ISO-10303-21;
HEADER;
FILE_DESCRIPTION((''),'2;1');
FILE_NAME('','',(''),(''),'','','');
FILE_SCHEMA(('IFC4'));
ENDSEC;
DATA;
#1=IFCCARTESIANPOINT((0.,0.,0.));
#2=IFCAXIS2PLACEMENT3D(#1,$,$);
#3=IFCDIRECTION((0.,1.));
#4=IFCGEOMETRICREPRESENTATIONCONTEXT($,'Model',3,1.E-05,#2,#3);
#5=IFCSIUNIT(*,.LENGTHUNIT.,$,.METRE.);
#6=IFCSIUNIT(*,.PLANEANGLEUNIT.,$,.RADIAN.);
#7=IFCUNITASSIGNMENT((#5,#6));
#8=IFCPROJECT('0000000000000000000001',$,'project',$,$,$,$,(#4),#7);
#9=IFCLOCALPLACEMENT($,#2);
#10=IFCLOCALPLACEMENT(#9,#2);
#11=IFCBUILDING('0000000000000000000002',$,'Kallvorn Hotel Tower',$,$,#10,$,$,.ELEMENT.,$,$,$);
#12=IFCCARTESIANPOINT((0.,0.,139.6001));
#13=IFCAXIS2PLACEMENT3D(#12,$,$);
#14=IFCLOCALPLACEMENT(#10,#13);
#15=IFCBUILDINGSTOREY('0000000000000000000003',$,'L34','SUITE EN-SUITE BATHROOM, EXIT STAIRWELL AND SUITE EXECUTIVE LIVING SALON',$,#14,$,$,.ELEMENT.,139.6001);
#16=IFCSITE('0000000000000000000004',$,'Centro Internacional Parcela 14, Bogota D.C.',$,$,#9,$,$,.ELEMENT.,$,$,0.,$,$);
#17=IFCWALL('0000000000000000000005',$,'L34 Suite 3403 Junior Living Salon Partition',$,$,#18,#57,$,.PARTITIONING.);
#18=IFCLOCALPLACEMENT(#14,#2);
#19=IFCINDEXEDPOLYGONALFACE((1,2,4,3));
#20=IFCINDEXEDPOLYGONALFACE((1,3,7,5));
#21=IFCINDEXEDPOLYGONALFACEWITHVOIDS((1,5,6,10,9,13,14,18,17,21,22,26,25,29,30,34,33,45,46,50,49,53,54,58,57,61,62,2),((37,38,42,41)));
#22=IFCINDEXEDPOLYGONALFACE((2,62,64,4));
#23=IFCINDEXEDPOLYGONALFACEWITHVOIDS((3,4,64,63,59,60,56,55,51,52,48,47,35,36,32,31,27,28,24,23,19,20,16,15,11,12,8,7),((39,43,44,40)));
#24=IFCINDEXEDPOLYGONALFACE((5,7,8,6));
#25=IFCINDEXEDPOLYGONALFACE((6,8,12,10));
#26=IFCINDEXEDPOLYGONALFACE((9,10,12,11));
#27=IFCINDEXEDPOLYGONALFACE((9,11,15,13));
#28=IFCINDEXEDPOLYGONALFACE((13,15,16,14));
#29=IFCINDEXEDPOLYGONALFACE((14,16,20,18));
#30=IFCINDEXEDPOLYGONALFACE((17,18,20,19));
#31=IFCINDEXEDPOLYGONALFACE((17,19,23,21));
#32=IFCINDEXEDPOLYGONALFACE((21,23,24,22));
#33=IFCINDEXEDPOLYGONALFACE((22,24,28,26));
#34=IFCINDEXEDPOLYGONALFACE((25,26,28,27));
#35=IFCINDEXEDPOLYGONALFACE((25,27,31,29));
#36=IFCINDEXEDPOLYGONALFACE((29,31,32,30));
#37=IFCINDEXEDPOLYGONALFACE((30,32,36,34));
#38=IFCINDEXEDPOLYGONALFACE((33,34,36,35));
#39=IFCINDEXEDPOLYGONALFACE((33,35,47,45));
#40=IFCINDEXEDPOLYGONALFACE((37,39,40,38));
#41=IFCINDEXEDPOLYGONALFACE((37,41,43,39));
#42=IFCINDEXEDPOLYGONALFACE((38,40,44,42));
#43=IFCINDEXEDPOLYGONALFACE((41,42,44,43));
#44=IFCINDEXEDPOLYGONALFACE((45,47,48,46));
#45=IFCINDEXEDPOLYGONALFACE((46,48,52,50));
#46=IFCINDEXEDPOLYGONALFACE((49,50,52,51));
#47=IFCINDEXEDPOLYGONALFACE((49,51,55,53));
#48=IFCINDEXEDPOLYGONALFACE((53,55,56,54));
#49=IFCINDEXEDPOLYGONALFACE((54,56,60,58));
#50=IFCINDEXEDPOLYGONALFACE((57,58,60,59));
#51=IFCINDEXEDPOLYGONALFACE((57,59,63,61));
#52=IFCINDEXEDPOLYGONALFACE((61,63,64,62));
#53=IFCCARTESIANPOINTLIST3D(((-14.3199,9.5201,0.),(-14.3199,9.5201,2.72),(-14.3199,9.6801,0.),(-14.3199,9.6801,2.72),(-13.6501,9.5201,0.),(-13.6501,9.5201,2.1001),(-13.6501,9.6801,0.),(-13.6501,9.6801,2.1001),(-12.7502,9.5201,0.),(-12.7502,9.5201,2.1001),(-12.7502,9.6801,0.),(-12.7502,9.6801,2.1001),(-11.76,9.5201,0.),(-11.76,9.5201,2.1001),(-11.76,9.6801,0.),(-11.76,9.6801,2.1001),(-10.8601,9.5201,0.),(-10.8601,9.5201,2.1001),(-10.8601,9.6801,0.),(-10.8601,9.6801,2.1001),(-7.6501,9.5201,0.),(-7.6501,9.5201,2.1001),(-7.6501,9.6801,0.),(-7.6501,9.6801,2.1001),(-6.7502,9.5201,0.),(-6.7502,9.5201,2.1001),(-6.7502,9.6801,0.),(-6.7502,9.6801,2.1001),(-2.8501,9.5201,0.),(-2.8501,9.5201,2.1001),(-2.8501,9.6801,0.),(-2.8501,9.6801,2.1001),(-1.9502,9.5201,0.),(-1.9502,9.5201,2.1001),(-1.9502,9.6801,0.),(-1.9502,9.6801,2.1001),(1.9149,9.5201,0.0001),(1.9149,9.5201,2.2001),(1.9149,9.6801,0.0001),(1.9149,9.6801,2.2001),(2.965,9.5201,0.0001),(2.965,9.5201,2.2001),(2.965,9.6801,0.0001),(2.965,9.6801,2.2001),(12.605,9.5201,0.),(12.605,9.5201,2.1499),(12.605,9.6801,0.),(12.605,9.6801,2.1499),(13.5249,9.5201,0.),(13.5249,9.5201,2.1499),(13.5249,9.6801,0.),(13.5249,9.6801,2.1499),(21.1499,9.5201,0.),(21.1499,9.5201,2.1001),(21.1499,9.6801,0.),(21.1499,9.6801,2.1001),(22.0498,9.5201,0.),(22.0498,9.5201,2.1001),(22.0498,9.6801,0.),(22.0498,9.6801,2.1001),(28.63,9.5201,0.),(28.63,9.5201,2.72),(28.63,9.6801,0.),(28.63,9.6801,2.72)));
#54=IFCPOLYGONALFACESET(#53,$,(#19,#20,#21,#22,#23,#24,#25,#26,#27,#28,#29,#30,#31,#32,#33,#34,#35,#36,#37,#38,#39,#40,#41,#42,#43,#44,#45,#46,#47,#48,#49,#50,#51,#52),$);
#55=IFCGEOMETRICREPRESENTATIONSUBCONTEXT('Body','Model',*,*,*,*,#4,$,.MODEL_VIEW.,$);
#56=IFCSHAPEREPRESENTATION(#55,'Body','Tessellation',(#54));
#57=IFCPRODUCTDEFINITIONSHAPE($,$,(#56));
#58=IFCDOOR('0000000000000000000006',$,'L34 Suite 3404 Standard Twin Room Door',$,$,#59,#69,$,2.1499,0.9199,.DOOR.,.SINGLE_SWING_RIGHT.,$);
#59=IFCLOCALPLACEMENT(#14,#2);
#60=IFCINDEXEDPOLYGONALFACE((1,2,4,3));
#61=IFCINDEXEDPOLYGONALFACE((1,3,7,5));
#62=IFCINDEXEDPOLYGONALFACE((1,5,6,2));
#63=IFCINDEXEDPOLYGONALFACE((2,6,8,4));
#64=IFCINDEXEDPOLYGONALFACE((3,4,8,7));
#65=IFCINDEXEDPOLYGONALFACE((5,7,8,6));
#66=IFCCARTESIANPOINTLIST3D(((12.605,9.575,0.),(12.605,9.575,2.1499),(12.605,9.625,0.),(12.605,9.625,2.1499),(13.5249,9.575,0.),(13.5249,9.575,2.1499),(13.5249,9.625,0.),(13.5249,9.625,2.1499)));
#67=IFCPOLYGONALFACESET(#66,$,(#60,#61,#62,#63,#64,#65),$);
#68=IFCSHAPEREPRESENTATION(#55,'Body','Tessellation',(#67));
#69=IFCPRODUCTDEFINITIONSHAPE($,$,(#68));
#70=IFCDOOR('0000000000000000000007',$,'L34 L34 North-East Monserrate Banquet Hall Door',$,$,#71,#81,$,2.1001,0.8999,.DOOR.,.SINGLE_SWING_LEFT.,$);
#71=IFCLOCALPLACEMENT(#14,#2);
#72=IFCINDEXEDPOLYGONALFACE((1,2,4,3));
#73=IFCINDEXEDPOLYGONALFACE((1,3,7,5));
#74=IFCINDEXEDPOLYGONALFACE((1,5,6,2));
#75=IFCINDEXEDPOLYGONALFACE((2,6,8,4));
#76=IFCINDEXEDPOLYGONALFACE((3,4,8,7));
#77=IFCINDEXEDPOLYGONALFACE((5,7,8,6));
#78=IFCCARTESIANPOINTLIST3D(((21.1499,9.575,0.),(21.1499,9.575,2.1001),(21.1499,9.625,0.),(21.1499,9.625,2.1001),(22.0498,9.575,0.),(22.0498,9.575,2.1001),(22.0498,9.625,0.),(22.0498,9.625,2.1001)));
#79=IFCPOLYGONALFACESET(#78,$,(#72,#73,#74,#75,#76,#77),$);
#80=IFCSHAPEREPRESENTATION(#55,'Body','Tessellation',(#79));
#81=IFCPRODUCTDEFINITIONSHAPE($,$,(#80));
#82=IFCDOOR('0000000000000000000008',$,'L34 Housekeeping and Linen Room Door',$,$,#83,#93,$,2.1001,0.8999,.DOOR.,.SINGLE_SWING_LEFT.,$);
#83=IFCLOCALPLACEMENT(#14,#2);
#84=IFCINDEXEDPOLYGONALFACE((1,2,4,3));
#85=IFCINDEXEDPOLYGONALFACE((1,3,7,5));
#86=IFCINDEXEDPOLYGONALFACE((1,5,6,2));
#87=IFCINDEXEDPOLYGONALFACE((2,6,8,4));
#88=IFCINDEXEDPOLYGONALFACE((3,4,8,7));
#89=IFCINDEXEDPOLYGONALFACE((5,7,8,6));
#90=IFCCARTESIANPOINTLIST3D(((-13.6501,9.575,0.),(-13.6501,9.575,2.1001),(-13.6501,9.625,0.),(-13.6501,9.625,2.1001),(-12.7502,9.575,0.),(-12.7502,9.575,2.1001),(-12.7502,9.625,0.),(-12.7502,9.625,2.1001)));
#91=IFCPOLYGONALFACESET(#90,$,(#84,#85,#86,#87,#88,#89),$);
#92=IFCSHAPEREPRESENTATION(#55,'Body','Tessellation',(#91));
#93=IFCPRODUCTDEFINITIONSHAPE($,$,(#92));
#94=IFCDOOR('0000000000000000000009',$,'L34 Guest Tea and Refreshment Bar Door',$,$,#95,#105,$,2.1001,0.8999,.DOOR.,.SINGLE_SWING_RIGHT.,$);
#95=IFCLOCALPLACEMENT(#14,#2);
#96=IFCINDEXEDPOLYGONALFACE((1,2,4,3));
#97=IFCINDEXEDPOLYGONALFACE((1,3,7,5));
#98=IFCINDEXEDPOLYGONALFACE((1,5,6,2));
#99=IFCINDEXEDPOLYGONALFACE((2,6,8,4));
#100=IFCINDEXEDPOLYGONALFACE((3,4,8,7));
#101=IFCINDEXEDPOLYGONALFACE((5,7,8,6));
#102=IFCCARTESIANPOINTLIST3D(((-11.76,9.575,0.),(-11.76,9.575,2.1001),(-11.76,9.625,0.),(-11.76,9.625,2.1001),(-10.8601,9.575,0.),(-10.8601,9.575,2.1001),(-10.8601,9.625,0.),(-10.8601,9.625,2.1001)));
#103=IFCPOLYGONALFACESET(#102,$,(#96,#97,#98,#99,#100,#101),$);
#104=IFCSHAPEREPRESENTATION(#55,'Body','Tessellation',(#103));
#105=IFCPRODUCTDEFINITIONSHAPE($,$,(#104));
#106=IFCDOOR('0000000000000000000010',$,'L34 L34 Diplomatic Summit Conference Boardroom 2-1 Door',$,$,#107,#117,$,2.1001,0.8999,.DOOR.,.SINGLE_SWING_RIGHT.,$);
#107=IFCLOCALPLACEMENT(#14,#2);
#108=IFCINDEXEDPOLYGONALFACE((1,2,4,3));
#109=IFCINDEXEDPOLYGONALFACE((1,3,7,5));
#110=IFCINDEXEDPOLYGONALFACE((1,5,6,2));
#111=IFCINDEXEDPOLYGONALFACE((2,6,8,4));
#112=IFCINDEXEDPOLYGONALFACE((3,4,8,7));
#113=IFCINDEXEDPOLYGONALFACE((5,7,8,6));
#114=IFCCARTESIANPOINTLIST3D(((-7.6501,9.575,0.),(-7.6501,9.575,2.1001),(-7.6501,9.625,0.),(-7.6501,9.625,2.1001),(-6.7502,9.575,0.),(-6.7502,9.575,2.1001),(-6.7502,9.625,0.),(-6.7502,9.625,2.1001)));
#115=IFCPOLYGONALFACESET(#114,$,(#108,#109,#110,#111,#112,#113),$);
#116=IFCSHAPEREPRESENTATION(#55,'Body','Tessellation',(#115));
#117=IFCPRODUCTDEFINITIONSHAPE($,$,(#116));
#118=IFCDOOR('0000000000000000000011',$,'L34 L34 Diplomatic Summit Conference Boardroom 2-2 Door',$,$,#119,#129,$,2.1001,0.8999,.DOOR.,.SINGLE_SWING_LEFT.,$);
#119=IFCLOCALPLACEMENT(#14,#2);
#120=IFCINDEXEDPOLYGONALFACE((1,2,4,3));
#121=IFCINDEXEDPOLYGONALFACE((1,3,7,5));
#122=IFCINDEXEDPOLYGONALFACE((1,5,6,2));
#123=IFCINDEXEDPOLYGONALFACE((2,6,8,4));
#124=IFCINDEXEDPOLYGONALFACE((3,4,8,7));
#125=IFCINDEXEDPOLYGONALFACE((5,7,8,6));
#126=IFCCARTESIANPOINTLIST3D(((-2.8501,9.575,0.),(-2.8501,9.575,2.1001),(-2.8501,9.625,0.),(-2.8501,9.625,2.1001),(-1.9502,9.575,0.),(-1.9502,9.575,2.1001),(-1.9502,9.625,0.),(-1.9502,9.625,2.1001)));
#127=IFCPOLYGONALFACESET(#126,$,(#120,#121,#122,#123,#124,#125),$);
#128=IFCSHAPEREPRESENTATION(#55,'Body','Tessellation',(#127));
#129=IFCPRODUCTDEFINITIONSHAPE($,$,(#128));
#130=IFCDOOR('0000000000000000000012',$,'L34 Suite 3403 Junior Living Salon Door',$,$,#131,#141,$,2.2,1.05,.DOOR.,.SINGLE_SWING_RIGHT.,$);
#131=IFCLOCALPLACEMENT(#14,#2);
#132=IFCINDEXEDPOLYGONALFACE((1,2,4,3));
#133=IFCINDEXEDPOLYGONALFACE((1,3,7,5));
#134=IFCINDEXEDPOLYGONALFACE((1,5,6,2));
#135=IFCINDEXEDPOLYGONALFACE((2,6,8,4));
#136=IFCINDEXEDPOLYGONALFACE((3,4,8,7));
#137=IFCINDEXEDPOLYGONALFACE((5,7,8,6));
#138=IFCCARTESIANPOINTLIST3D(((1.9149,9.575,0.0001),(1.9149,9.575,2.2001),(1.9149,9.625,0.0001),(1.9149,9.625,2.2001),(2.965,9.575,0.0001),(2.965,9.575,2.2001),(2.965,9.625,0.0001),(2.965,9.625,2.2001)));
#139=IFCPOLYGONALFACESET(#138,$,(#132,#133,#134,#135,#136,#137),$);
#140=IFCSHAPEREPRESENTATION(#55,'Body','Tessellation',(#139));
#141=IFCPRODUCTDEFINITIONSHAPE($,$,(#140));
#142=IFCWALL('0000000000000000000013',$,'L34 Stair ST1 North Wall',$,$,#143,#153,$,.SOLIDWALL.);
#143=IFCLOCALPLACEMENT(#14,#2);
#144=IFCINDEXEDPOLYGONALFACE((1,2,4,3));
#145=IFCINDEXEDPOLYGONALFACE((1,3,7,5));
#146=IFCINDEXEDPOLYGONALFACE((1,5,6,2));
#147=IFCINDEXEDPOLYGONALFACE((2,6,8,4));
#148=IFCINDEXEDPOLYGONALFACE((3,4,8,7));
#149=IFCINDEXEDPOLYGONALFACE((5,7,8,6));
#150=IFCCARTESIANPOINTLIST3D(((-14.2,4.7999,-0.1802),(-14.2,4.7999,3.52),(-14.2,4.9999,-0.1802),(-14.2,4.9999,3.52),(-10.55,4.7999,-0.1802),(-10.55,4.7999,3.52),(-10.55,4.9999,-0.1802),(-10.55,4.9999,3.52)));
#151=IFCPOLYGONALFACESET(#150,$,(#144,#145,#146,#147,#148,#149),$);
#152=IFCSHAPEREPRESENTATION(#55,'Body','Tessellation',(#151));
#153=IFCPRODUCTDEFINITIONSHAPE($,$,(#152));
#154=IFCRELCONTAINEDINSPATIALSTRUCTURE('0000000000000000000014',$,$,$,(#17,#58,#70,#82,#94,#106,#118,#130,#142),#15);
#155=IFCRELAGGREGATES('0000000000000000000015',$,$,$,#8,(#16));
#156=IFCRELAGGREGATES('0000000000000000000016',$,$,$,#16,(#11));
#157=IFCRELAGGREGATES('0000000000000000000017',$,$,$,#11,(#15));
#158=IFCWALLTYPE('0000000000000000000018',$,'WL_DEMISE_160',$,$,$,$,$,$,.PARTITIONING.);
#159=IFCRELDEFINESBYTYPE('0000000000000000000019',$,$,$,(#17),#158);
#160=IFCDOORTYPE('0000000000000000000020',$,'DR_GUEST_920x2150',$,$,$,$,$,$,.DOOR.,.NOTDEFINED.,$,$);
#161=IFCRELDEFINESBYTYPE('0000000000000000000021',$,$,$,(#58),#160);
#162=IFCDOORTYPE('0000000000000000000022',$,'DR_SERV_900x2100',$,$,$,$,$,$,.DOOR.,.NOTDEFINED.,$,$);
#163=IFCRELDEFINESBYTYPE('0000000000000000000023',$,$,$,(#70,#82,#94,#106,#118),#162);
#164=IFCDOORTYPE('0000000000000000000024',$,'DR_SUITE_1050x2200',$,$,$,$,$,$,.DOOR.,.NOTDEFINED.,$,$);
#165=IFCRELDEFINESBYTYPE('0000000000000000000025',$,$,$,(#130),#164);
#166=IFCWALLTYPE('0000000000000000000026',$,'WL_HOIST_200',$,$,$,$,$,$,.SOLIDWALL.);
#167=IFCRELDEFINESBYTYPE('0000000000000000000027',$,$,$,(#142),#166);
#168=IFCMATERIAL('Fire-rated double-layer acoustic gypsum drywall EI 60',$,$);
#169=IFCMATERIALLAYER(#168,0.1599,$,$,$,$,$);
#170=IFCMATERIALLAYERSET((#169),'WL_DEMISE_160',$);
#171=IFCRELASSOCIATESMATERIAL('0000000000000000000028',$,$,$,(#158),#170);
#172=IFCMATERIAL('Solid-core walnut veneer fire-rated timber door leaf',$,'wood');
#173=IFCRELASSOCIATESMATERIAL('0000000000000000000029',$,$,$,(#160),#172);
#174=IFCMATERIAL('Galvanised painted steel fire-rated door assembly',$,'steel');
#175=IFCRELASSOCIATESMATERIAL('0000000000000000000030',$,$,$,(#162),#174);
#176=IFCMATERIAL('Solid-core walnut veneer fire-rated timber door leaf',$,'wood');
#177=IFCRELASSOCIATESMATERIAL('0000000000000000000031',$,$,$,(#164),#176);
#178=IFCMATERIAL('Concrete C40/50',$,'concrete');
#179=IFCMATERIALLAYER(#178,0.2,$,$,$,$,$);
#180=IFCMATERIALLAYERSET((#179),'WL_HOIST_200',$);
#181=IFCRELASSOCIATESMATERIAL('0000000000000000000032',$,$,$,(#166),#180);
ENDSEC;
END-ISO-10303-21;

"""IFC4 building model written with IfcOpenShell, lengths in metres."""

from ifc_helpers import new_model, si_unit, direction, frame, frame_2d, origin, place, context, subcontext, project, spatial, rectangle, extrude, material, layer, layer_set, type_object, element, fill, save


model = new_model("IFC4")

# Units and contexts
model_context = context("Model", 3, precision=1e-05, world=origin(), true_north=direction((0.0, 1.0)))
body_context = subcontext(model_context, "Body", "Model", "MODEL_VIEW")
ifc_project = project(units=[si_unit("LENGTHUNIT", "METRE"), si_unit("PLANEANGLEUNIT", "RADIAN")], contexts=[model_context])

# Site, building, storey
site_placement = place(None, origin())
site = spatial("IfcSite", under=ifc_project, at=site_placement, Name="Centro Internacional Parcela 14, Bogota D.C.", CompositionType="ELEMENT", RefElevation=0.0)
building_placement = place(site_placement, origin())
building = spatial("IfcBuilding", under=site, at=building_placement, Name="Kallvorn Hotel Tower", CompositionType="ELEMENT")
storey_placement = place(building_placement, frame((0.0, 0.0, 139.6001)))
storey = spatial("IfcBuildingStorey", under=building, at=storey_placement, Name="L34", Description="SUITE EN-SUITE BATHROOM, EXIT STAIRWELL AND SUITE EXECUTIVE LIVING SALON", CompositionType="ELEMENT", Elevation=139.6001)

# Wall, openings, doors
ifc_material_1 = material(Name="Fire-rated double-layer acoustic gypsum drywall EI 60")
ifc_layer_1 = layer(ifc_material_1, 0.1599)
ifc_layer_set_1 = layer_set([ifc_layer_1], Name="WL_DEMISE_160")
wall_type_1 = type_object("IfcWallType", Name="WL_DEMISE_160", PredefinedType="PARTITIONING", material=ifc_layer_set_1)
wall_1_placement = place(storey_placement, frame((-14.3201, 9.6001, 0.0), z_axis=(0.0, 0.0, 1.0), x_axis=(1.0, 0.0, 0.0)))
wall_1 = element("IfcWall", 1, at=wall_1_placement, inside=storey, type_object=wall_type_1, Name="L34 Suite 3403 Junior Living Salon Partition", PredefinedType="PARTITIONING", context=body_context, shape_type="SweptSolid", body=[
    extrude(rectangle(XDim=42.95, YDim=0.1599, at=frame_2d((21.4751, 0.0))), origin(), (0.0, 0.0, 1.0), 2.72),
])
opening_1_placement = place(wall_1_placement, frame((35.47, 0.0, 0.0)))
opening_1 = element("IfcOpeningElement", 2, at=opening_1_placement, cuts=wall_1, PredefinedType="OPENING", context=body_context, shape_type="SweptSolid", body=[
    extrude(rectangle(XDim=0.8999, YDim=2.1001, at=frame_2d((0.45, 1.05))), frame((0.0, 0.095, 0.0), z_axis=(0.0, -1.0, 0.0), x_axis=(1.0, 0.0, 0.0)), (0.0, 0.0, 1.0), 0.1899),
])
opening_2_placement = place(wall_1_placement, frame((0.6699, 0.0, 0.0)))
opening_2 = element("IfcOpeningElement", 3, at=opening_2_placement, cuts=wall_1, PredefinedType="OPENING", context=body_context, shape_type="SweptSolid", body=[
    extrude(rectangle(XDim=0.8999, YDim=2.1001, at=frame_2d((0.45, 1.05))), frame((0.0, 0.095, 0.0), z_axis=(0.0, -1.0, 0.0), x_axis=(1.0, 0.0, 0.0)), (0.0, 0.0, 1.0), 0.1899),
])
opening_3_placement = place(wall_1_placement, frame((2.5601, 0.0, 0.0)))
opening_3 = element("IfcOpeningElement", 4, at=opening_3_placement, cuts=wall_1, PredefinedType="OPENING", context=body_context, shape_type="SweptSolid", body=[
    extrude(rectangle(XDim=0.8999, YDim=2.1001, at=frame_2d((0.45, 1.05))), frame((0.0, 0.095, 0.0), z_axis=(0.0, -1.0, 0.0), x_axis=(1.0, 0.0, 0.0)), (0.0, 0.0, 1.0), 0.1899),
])
opening_4_placement = place(wall_1_placement, frame((6.6699, 0.0, 0.0)))
opening_4 = element("IfcOpeningElement", 5, at=opening_4_placement, cuts=wall_1, PredefinedType="OPENING", context=body_context, shape_type="SweptSolid", body=[
    extrude(rectangle(XDim=0.8999, YDim=2.1001, at=frame_2d((0.45, 1.05))), frame((0.0, 0.095, 0.0), z_axis=(0.0, -1.0, 0.0), x_axis=(1.0, 0.0, 0.0)), (0.0, 0.0, 1.0), 0.1899),
])
opening_5_placement = place(wall_1_placement, frame((11.47, 0.0, 0.0)))
opening_5 = element("IfcOpeningElement", 6, at=opening_5_placement, cuts=wall_1, PredefinedType="OPENING", context=body_context, shape_type="SweptSolid", body=[
    extrude(rectangle(XDim=0.8999, YDim=2.1001, at=frame_2d((0.45, 1.05))), frame((0.0, 0.095, 0.0), z_axis=(0.0, -1.0, 0.0), x_axis=(1.0, 0.0, 0.0)), (0.0, 0.0, 1.0), 0.1899),
])
opening_6_placement = place(wall_1_placement, frame((16.2351, 0.0, 0.0)))
opening_6 = element("IfcOpeningElement", 7, at=opening_6_placement, cuts=wall_1, PredefinedType="OPENING", context=body_context, shape_type="SweptSolid", body=[
    extrude(rectangle(XDim=1.05, YDim=2.2, at=frame_2d((0.5249, 1.1001))), frame((0.0, 0.095, 0.0), z_axis=(0.0, -1.0, 0.0), x_axis=(1.0, 0.0, 0.0)), (0.0, 0.0, 1.0), 0.1899),
])
opening_7_placement = place(wall_1_placement, frame((26.925, 0.0, 0.0)))
opening_7 = element("IfcOpeningElement", 8, at=opening_7_placement, cuts=wall_1, PredefinedType="OPENING", context=body_context, shape_type="SweptSolid", body=[
    extrude(rectangle(XDim=0.9199, YDim=2.1499, at=frame_2d((0.46, 1.075))), frame((0.0, 0.095, 0.0), z_axis=(0.0, -1.0, 0.0), x_axis=(1.0, 0.0, 0.0)), (0.0, 0.0, 1.0), 0.1899),
])
ifc_material_2 = material(Name="Solid-core walnut veneer fire-rated timber door leaf", Category="wood")
door_type_1 = type_object("IfcDoorType", Name="DR_GUEST_920x2150", OperationType="NOTDEFINED", PredefinedType="DOOR", material=ifc_material_2)
door_1_placement = place(opening_7_placement, origin())
door_1 = element("IfcDoor", 9, at=door_1_placement, inside=storey, type_object=door_type_1, Name="L34 Suite 3404 Standard Twin Room Door", OperationType="SINGLE_SWING_RIGHT", OverallHeight=2.1499, OverallWidth=0.9199, PredefinedType="DOOR", context=body_context, shape_type="SweptSolid", body=[
    extrude(rectangle(XDim=0.9199, YDim=2.1499, at=frame_2d((0.46, 1.075))), frame((0.0, 0.0249, 0.0), z_axis=(0.0, -1.0, 0.0), x_axis=(1.0, 0.0, 0.0)), (0.0, 0.0, 1.0), 0.05),
])
fill(opening_7, door_1)
ifc_material_3 = material(Name="Galvanised painted steel fire-rated door assembly", Category="steel")
door_type_2 = type_object("IfcDoorType", Name="DR_SERV_900x2100", OperationType="NOTDEFINED", PredefinedType="DOOR", material=ifc_material_3)
door_2_placement = place(opening_1_placement, origin())
door_2 = element("IfcDoor", 10, at=door_2_placement, inside=storey, type_object=door_type_2, Name="L34 L34 North-East Monserrate Banquet Hall Door", OperationType="SINGLE_SWING_LEFT", OverallHeight=2.1001, OverallWidth=0.8999, PredefinedType="DOOR", context=body_context, shape_type="SweptSolid", body=[
    extrude(rectangle(XDim=0.8999, YDim=2.1001, at=frame_2d((0.45, 1.05))), frame((0.0, 0.0249, 0.0), z_axis=(0.0, -1.0, 0.0), x_axis=(1.0, 0.0, 0.0)), (0.0, 0.0, 1.0), 0.05),
])
fill(opening_1, door_2)
door_3_placement = place(opening_2_placement, origin())
door_3 = element("IfcDoor", 11, at=door_3_placement, inside=storey, type_object=door_type_2, Name="L34 Housekeeping and Linen Room Door", OperationType="SINGLE_SWING_LEFT", OverallHeight=2.1001, OverallWidth=0.8999, PredefinedType="DOOR", context=body_context, shape_type="SweptSolid", body=[
    extrude(rectangle(XDim=0.8999, YDim=2.1001, at=frame_2d((0.45, 1.05))), frame((0.0, 0.0249, 0.0), z_axis=(0.0, -1.0, 0.0), x_axis=(1.0, 0.0, 0.0)), (0.0, 0.0, 1.0), 0.05),
])
fill(opening_2, door_3)
door_4_placement = place(opening_3_placement, origin())
door_4 = element("IfcDoor", 12, at=door_4_placement, inside=storey, type_object=door_type_2, Name="L34 Guest Tea and Refreshment Bar Door", OperationType="SINGLE_SWING_RIGHT", OverallHeight=2.1001, OverallWidth=0.8999, PredefinedType="DOOR", context=body_context, shape_type="SweptSolid", body=[
    extrude(rectangle(XDim=0.8999, YDim=2.1001, at=frame_2d((0.45, 1.05))), frame((0.0, 0.0249, 0.0), z_axis=(0.0, -1.0, 0.0), x_axis=(1.0, 0.0, 0.0)), (0.0, 0.0, 1.0), 0.05),
])
fill(opening_3, door_4)
door_5_placement = place(opening_4_placement, origin())
door_5 = element("IfcDoor", 13, at=door_5_placement, inside=storey, type_object=door_type_2, Name="L34 L34 Diplomatic Summit Conference Boardroom 2-1 Door", OperationType="SINGLE_SWING_RIGHT", OverallHeight=2.1001, OverallWidth=0.8999, PredefinedType="DOOR", context=body_context, shape_type="SweptSolid", body=[
    extrude(rectangle(XDim=0.8999, YDim=2.1001, at=frame_2d((0.45, 1.05))), frame((0.0, 0.0249, 0.0), z_axis=(0.0, -1.0, 0.0), x_axis=(1.0, 0.0, 0.0)), (0.0, 0.0, 1.0), 0.05),
])
fill(opening_4, door_5)
door_6_placement = place(opening_5_placement, origin())
door_6 = element("IfcDoor", 14, at=door_6_placement, inside=storey, type_object=door_type_2, Name="L34 L34 Diplomatic Summit Conference Boardroom 2-2 Door", OperationType="SINGLE_SWING_LEFT", OverallHeight=2.1001, OverallWidth=0.8999, PredefinedType="DOOR", context=body_context, shape_type="SweptSolid", body=[
    extrude(rectangle(XDim=0.8999, YDim=2.1001, at=frame_2d((0.45, 1.05))), frame((0.0, 0.0249, 0.0), z_axis=(0.0, -1.0, 0.0), x_axis=(1.0, 0.0, 0.0)), (0.0, 0.0, 1.0), 0.05),
])
fill(opening_5, door_6)
ifc_material_4 = material(Name="Solid-core walnut veneer fire-rated timber door leaf", Category="wood")
door_type_3 = type_object("IfcDoorType", Name="DR_SUITE_1050x2200", OperationType="NOTDEFINED", PredefinedType="DOOR", material=ifc_material_4)
door_7_placement = place(opening_6_placement, origin())
door_7 = element("IfcDoor", 15, at=door_7_placement, inside=storey, type_object=door_type_3, Name="L34 Suite 3403 Junior Living Salon Door", OperationType="SINGLE_SWING_RIGHT", OverallHeight=2.2, OverallWidth=1.05, PredefinedType="DOOR", context=body_context, shape_type="SweptSolid", body=[
    extrude(rectangle(XDim=1.05, YDim=2.2, at=frame_2d((0.5249, 1.1001))), frame((0.0, 0.0249, 0.0), z_axis=(0.0, -1.0, 0.0), x_axis=(1.0, 0.0, 0.0)), (0.0, 0.0, 1.0), 0.05),
])
fill(opening_6, door_7)

# Wall
ifc_material_5 = material(Name="Concrete C40/50", Category="concrete")
ifc_layer_2 = layer(ifc_material_5, 0.2)
ifc_layer_set_2 = layer_set([ifc_layer_2], Name="WL_HOIST_200")
wall_type_2 = type_object("IfcWallType", Name="WL_HOIST_200", PredefinedType="SOLIDWALL", material=ifc_layer_set_2)
wall_2_placement = place(storey_placement, frame((-14.2, 4.8999, -0.1802), z_axis=(0.0, 0.0, 1.0), x_axis=(1.0, 0.0, 0.0)))
element("IfcWall", 16, at=wall_2_placement, inside=storey, type_object=wall_type_2, Name="L34 Stair ST1 North Wall", PredefinedType="SOLIDWALL", context=body_context, shape_type="SweptSolid", body=[
    extrude(rectangle(XDim=3.6499, YDim=0.2, at=frame_2d((1.825, 0.0))), origin(), (0.0, 0.0, 1.0), 3.7002),
])

save(model, "model.ifc")
